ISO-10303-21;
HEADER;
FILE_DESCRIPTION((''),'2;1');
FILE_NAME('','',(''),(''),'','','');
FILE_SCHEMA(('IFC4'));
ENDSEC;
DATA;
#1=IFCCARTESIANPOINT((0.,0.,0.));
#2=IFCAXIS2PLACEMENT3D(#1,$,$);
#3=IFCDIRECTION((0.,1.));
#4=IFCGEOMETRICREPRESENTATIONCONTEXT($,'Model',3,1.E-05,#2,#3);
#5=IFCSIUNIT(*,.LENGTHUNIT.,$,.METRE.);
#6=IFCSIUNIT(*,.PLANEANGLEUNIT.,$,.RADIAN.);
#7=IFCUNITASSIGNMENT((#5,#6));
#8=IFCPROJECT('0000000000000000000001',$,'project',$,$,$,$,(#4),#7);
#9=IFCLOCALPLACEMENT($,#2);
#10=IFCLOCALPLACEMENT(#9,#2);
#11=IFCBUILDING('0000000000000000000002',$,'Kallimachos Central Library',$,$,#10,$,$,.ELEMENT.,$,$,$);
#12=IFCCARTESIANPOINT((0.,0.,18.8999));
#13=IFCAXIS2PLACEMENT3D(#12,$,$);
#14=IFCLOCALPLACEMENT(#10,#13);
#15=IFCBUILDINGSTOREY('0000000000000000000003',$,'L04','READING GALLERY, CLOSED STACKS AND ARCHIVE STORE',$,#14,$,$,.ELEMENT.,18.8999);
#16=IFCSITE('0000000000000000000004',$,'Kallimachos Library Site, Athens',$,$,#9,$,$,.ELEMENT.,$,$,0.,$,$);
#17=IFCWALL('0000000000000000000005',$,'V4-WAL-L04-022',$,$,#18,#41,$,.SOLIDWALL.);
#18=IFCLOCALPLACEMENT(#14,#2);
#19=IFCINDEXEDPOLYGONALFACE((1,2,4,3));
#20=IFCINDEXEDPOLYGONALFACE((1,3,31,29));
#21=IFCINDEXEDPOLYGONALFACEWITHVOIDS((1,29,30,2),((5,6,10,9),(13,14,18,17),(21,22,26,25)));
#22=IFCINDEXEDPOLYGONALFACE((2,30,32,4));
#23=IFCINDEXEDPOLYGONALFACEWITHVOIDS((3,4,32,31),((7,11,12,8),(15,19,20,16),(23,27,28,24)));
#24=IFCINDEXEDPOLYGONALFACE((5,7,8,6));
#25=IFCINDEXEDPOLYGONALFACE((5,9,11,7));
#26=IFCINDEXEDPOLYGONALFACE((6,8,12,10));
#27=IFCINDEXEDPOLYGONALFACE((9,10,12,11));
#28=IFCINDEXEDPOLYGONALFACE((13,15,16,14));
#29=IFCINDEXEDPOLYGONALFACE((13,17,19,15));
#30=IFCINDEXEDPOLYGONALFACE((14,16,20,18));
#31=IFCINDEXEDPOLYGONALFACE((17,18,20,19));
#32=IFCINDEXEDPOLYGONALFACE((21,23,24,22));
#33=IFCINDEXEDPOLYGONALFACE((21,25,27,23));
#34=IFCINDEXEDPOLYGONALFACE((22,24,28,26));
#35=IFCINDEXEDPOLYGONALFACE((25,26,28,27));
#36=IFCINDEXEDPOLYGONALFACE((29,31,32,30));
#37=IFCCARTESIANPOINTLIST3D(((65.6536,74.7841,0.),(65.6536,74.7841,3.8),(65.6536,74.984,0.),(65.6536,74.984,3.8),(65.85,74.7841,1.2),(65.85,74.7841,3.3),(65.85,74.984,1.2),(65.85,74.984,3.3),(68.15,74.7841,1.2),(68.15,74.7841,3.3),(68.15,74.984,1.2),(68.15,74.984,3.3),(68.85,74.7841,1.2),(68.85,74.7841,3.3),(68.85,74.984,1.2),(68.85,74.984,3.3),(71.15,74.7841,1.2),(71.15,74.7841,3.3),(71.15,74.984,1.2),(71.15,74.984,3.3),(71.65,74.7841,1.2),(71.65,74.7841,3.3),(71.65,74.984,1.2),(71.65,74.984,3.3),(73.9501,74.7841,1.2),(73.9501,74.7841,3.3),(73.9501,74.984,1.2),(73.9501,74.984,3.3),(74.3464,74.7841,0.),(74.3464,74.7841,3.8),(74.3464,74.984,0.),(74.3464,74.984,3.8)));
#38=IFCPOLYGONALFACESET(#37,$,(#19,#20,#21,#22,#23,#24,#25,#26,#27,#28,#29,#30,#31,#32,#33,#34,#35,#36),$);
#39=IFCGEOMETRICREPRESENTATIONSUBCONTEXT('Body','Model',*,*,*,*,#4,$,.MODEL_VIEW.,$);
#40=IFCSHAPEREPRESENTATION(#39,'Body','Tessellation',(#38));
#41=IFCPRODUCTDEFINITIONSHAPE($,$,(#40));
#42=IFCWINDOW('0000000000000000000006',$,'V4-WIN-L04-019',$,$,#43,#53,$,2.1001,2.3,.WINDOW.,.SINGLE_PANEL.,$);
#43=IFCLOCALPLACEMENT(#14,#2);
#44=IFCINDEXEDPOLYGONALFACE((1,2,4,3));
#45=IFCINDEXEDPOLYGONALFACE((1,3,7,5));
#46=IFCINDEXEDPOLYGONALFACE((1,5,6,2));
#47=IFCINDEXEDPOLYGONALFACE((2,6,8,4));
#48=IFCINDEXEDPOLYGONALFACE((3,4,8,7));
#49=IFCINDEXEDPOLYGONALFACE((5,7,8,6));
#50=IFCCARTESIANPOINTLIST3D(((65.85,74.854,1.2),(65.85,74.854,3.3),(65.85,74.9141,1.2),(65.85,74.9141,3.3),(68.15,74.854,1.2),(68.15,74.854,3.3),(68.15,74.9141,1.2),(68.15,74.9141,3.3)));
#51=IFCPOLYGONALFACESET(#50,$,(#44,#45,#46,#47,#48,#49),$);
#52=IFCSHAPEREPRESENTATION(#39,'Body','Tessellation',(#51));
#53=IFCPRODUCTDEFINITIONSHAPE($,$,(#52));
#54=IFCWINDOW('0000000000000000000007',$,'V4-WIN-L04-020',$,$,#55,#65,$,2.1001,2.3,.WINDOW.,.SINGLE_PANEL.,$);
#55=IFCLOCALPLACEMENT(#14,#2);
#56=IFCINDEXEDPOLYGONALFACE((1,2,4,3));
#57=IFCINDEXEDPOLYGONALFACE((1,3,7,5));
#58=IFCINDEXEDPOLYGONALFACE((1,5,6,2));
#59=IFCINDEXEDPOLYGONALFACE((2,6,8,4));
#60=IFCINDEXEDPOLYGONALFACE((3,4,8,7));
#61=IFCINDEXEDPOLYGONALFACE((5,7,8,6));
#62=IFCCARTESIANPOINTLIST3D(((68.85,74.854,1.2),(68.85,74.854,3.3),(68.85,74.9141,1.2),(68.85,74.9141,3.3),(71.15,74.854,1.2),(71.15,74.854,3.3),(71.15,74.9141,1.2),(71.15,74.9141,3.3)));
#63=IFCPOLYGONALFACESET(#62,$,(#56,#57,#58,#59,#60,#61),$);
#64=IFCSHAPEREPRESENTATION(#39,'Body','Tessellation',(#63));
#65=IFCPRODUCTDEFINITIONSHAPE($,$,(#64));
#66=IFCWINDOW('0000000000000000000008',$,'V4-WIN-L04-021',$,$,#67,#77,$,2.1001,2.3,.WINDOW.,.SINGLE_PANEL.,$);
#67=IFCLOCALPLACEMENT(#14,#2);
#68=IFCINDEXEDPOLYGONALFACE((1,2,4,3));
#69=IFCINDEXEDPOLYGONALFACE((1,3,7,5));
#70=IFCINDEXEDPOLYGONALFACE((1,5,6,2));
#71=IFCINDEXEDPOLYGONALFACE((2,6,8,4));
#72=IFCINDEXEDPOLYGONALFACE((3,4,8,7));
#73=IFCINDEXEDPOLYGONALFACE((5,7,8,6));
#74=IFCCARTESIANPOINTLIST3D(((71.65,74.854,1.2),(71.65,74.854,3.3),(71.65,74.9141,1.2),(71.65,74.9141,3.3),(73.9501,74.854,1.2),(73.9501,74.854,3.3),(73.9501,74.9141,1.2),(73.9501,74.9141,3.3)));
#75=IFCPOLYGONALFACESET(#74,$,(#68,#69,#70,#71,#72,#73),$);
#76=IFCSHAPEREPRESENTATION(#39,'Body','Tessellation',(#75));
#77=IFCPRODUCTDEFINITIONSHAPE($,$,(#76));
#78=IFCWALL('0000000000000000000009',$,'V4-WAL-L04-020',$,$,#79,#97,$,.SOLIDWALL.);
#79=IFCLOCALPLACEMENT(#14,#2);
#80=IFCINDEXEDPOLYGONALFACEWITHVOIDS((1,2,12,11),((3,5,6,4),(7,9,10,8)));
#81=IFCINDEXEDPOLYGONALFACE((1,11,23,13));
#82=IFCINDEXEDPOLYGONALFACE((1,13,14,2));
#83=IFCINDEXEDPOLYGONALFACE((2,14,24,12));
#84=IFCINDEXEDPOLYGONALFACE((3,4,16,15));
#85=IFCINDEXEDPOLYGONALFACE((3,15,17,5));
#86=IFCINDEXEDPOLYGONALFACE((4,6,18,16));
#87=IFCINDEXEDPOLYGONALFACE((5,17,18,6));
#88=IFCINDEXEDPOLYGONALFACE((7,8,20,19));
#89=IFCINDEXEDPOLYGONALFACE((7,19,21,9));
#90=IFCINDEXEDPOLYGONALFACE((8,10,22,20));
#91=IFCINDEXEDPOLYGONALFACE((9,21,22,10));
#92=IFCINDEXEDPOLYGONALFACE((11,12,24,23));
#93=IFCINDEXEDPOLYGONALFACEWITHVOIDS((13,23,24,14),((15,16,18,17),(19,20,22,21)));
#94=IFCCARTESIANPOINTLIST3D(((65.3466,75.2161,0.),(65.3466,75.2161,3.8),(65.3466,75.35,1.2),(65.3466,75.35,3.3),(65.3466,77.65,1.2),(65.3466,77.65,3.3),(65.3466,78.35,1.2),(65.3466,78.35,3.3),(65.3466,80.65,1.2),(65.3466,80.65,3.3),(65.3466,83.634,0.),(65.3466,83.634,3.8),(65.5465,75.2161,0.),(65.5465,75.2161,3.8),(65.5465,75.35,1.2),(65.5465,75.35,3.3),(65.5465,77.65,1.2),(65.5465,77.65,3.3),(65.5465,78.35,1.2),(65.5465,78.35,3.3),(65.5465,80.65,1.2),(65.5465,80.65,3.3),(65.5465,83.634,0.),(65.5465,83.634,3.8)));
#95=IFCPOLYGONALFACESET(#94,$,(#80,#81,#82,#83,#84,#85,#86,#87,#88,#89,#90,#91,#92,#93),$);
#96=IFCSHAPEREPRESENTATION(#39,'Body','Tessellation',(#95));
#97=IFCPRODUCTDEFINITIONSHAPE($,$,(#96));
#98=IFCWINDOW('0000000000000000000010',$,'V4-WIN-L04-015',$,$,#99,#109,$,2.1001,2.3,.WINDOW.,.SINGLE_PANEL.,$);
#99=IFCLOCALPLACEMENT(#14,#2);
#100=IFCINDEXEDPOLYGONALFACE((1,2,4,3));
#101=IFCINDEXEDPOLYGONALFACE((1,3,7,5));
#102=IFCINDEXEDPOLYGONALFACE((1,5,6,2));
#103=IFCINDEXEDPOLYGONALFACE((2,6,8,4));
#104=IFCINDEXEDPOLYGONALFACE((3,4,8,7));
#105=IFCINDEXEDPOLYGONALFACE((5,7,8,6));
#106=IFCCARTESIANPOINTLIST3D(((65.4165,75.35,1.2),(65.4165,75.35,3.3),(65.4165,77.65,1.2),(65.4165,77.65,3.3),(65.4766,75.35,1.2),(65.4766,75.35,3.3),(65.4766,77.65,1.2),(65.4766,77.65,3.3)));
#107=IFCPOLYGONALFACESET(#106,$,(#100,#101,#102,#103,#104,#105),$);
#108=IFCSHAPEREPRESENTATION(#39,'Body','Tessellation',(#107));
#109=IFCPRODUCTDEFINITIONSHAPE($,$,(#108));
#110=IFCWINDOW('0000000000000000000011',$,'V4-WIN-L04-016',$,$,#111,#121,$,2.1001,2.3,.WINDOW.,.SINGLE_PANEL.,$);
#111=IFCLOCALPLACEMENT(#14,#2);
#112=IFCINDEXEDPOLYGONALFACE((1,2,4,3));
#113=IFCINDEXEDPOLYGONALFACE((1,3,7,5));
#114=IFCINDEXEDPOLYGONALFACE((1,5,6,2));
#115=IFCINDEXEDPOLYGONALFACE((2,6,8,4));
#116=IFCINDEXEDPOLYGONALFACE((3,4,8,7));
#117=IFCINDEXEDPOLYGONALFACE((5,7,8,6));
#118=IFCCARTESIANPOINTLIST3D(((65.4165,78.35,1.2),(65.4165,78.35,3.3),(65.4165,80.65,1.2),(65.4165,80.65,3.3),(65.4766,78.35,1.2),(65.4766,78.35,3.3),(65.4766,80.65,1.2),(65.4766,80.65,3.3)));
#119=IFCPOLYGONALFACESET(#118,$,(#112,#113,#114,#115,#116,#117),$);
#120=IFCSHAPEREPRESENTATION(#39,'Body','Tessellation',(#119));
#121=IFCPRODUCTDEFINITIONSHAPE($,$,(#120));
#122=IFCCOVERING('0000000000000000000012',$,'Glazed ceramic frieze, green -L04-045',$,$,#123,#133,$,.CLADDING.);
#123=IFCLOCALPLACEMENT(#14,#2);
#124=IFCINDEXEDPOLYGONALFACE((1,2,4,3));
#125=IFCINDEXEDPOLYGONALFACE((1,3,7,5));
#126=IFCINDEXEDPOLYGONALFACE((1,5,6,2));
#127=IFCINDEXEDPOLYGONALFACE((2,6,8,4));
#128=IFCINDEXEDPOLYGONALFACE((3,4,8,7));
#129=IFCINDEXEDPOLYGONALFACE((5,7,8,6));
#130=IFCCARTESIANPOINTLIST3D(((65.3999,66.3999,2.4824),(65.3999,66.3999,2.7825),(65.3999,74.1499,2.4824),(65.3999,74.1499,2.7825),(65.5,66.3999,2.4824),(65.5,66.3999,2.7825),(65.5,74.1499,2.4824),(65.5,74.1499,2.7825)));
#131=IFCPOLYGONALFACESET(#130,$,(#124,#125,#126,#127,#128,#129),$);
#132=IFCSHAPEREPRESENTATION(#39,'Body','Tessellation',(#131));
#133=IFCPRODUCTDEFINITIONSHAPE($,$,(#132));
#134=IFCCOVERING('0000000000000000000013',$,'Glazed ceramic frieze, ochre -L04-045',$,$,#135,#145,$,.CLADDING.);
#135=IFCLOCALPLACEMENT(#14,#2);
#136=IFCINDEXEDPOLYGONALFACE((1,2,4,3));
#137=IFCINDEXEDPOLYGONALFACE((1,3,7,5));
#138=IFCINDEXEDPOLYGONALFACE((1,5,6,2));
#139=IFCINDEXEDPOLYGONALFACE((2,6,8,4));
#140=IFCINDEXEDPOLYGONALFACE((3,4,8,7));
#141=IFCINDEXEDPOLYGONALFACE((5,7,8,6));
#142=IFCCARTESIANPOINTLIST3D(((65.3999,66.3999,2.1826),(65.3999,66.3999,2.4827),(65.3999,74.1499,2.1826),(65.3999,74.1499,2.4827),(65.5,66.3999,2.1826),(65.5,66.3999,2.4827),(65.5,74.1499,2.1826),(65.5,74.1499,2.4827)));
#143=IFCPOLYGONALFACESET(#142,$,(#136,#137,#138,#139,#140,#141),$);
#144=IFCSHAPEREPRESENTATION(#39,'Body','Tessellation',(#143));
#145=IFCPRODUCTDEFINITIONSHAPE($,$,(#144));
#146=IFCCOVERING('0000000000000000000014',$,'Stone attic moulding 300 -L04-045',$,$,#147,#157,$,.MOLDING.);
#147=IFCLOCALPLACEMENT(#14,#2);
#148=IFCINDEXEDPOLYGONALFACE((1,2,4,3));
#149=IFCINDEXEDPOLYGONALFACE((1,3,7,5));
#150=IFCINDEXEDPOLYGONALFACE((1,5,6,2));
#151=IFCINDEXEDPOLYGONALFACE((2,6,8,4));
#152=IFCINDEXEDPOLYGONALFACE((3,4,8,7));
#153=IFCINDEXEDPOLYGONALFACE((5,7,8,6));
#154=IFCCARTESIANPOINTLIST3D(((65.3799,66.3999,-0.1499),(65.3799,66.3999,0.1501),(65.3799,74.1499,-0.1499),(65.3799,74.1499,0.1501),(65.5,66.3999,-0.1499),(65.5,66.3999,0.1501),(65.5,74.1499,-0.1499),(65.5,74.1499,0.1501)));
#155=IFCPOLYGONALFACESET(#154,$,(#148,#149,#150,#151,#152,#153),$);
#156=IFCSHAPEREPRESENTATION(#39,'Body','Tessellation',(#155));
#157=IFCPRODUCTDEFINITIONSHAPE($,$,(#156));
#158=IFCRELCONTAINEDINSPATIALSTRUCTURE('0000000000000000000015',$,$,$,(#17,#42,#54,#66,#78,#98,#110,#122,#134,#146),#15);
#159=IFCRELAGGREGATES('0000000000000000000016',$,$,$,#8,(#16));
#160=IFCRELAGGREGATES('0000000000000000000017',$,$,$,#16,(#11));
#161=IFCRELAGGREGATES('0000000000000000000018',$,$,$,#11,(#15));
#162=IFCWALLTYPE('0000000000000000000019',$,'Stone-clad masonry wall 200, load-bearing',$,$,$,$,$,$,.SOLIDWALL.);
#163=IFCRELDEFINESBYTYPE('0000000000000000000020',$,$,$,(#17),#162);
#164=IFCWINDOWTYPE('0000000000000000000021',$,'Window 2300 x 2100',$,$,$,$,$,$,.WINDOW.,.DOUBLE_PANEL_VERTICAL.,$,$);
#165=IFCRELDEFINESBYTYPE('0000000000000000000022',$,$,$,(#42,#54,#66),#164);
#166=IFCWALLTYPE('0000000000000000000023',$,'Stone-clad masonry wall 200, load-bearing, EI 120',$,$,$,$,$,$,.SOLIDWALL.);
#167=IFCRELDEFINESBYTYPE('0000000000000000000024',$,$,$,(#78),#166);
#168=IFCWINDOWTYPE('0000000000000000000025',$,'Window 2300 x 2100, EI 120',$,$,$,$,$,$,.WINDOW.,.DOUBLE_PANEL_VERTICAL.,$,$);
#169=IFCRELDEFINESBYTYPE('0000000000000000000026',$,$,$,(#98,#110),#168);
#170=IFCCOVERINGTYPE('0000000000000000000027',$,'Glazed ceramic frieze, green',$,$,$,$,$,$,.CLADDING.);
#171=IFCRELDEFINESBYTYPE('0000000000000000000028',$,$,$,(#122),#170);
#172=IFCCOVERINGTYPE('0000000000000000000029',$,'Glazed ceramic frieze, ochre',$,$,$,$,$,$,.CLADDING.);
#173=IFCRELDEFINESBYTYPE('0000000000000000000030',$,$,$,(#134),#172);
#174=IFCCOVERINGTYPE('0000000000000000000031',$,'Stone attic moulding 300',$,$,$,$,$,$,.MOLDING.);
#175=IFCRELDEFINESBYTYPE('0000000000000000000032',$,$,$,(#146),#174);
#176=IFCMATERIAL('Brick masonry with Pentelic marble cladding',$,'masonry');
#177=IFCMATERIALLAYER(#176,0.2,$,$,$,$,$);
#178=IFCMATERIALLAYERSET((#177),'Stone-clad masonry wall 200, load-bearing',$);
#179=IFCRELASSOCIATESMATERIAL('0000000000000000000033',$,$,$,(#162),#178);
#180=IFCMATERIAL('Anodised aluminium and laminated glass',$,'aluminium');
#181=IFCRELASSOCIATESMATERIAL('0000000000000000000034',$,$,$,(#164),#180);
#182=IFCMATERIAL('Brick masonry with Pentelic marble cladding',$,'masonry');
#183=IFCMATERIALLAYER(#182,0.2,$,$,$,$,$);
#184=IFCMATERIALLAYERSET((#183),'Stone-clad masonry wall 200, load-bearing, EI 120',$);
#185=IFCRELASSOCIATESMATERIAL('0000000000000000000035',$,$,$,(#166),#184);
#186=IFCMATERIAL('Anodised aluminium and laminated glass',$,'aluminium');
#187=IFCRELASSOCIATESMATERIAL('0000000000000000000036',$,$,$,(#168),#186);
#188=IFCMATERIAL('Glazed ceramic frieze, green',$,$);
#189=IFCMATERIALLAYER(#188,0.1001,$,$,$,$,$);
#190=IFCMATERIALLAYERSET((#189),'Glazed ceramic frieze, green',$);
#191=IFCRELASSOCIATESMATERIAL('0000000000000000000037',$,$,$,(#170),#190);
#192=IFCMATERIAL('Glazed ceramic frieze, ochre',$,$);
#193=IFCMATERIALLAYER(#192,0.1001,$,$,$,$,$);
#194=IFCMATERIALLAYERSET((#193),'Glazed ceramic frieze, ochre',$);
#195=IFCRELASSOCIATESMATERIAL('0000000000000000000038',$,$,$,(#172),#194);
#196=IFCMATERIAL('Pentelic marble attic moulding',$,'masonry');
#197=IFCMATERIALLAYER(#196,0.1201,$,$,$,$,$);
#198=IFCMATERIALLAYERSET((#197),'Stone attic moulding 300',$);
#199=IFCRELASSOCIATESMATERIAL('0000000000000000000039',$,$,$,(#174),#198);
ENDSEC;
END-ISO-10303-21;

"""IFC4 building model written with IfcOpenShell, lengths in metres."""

from ifc_helpers import new_model, si_unit, direction, frame, frame_2d, origin, origin_2d, place, context, subcontext, project, spatial, rectangle, extrude, material, layer, layer_set, type_object, element, fill, save


model = new_model("IFC4")

# Units and contexts
model_context = context("Model", 3, precision=1e-05, world=origin(), true_north=direction((0.0, 1.0)))
body_context = subcontext(model_context, "Body", "Model", "MODEL_VIEW")
ifc_project = project(units=[si_unit("LENGTHUNIT", "METRE"), si_unit("PLANEANGLEUNIT", "RADIAN")], contexts=[model_context])

# Site, building, storey
site_placement = place(None, origin())
site = spatial("IfcSite", under=ifc_project, at=site_placement, Name="Kallimachos Library Site, Athens", CompositionType="ELEMENT", RefElevation=0.0)
building_placement = place(site_placement, origin())
building = spatial("IfcBuilding", under=site, at=building_placement, Name="Kallimachos Central Library", CompositionType="ELEMENT")
storey_placement = place(building_placement, frame((0.0, 0.0, 18.8999)))
storey = spatial("IfcBuildingStorey", under=building, at=storey_placement, Name="L04", Description="READING GALLERY, CLOSED STACKS AND ARCHIVE STORE", CompositionType="ELEMENT", Elevation=18.8999)

# Walls, openings, windows
ifc_material_1 = material(Name="Brick masonry with Pentelic marble cladding", Category="masonry")
ifc_layer_1 = layer(ifc_material_1, 0.2)
ifc_layer_set_1 = layer_set([ifc_layer_1], Name="Stone-clad masonry wall 200, load-bearing")
wall_type_1 = type_object("IfcWallType", Name="Stone-clad masonry wall 200, load-bearing", PredefinedType="SOLIDWALL", material=ifc_layer_set_1)
wall_1_placement = place(storey_placement, frame((65.6536, 74.884, 0.0), z_axis=(0.0, 0.0, 1.0), x_axis=(1.0, 0.0, 0.0)))
wall_1 = element("IfcWall", 1, at=wall_1_placement, inside=storey, type_object=wall_type_1, Name="V4-WAL-L04-022", PredefinedType="SOLIDWALL", context=body_context, shape_type="SweptSolid", body=[
    extrude(rectangle(XDim=8.6929, YDim=0.2, at=frame_2d((4.3464, 0.0))), origin(), (0.0, 0.0, 1.0), 3.8),
])
opening_1_placement = place(wall_1_placement, frame((0.1965, 0.0, 1.2)))
opening_1 = element("IfcOpeningElement", 2, at=opening_1_placement, cuts=wall_1, PredefinedType="OPENING", context=body_context, shape_type="SweptSolid", body=[
    extrude(rectangle(XDim=2.3, YDim=2.1001, at=frame_2d((1.1499, 1.05))), frame((0.0, 0.1099, 0.0), z_axis=(0.0, -1.0, 0.0), x_axis=(1.0, 0.0, 0.0)), (0.0, 0.0, 1.0), 0.22),
])
opening_2_placement = place(wall_1_placement, frame((3.1965, 0.0, 1.2)))
opening_2 = element("IfcOpeningElement", 3, at=opening_2_placement, cuts=wall_1, PredefinedType="OPENING", context=body_context, shape_type="SweptSolid", body=[
    extrude(rectangle(XDim=2.3, YDim=2.1001, at=frame_2d((1.1499, 1.05))), frame((0.0, 0.1099, 0.0), z_axis=(0.0, -1.0, 0.0), x_axis=(1.0, 0.0, 0.0)), (0.0, 0.0, 1.0), 0.22),
])
opening_3_placement = place(wall_1_placement, frame((5.9966, 0.0, 1.2)))
opening_3 = element("IfcOpeningElement", 4, at=opening_3_placement, cuts=wall_1, PredefinedType="OPENING", context=body_context, shape_type="SweptSolid", body=[
    extrude(rectangle(XDim=2.3, YDim=2.1001, at=frame_2d((1.1499, 1.05))), frame((0.0, 0.1099, 0.0), z_axis=(0.0, -1.0, 0.0), x_axis=(1.0, 0.0, 0.0)), (0.0, 0.0, 1.0), 0.22),
])
ifc_material_2 = material(Name="Anodised aluminium and laminated glass", Category="aluminium")
window_type_1 = type_object("IfcWindowType", Name="Window 2300 x 2100", PartitioningType="DOUBLE_PANEL_VERTICAL", PredefinedType="WINDOW", material=ifc_material_2)
window_1_placement = place(opening_1_placement, origin())
window_1 = element("IfcWindow", 5, at=window_1_placement, inside=storey, type_object=window_type_1, Name="V4-WIN-L04-019", OverallHeight=2.1001, OverallWidth=2.3, PartitioningType="SINGLE_PANEL", PredefinedType="WINDOW", context=body_context, shape_type="SweptSolid", body=[
    extrude(rectangle(XDim=2.3, YDim=2.1001, at=frame_2d((1.1499, 1.05))), frame((0.0, 0.03, 0.0), z_axis=(0.0, -1.0, 0.0), x_axis=(1.0, 0.0, 0.0)), (0.0, 0.0, 1.0), 0.0601),
])
fill(opening_1, window_1)
window_2_placement = place(opening_2_placement, origin())
window_2 = element("IfcWindow", 6, at=window_2_placement, inside=storey, type_object=window_type_1, Name="V4-WIN-L04-020", OverallHeight=2.1001, OverallWidth=2.3, PartitioningType="SINGLE_PANEL", PredefinedType="WINDOW", context=body_context, shape_type="SweptSolid", body=[
    extrude(rectangle(XDim=2.3, YDim=2.1001, at=frame_2d((1.1499, 1.05))), frame((0.0, 0.03, 0.0), z_axis=(0.0, -1.0, 0.0), x_axis=(1.0, 0.0, 0.0)), (0.0, 0.0, 1.0), 0.0601),
])
fill(opening_2, window_2)
window_3_placement = place(opening_3_placement, origin())
window_3 = element("IfcWindow", 7, at=window_3_placement, inside=storey, type_object=window_type_1, Name="V4-WIN-L04-021", OverallHeight=2.1001, OverallWidth=2.3, PartitioningType="SINGLE_PANEL", PredefinedType="WINDOW", context=body_context, shape_type="SweptSolid", body=[
    extrude(rectangle(XDim=2.3, YDim=2.1001, at=frame_2d((1.1499, 1.05))), frame((0.0, 0.03, 0.0), z_axis=(0.0, -1.0, 0.0), x_axis=(1.0, 0.0, 0.0)), (0.0, 0.0, 1.0), 0.0601),
])
fill(opening_3, window_3)
ifc_material_3 = material(Name="Brick masonry with Pentelic marble cladding", Category="masonry")
ifc_layer_2 = layer(ifc_material_3, 0.2)
ifc_layer_set_2 = layer_set([ifc_layer_2], Name="Stone-clad masonry wall 200, load-bearing, EI 120")
wall_type_2 = type_object("IfcWallType", Name="Stone-clad masonry wall 200, load-bearing, EI 120", PredefinedType="SOLIDWALL", material=ifc_layer_set_2)
wall_2_placement = place(storey_placement, frame((65.4465, 75.2161, 0.0), z_axis=(0.0, 0.0, 1.0), x_axis=(0.0, 1.0, 0.0)))
wall_2 = element("IfcWall", 8, at=wall_2_placement, inside=storey, type_object=wall_type_2, Name="V4-WAL-L04-020", PredefinedType="SOLIDWALL", context=body_context, shape_type="SweptSolid", body=[
    extrude(rectangle(XDim=8.418, YDim=0.2, at=frame_2d((4.209, 0.0))), origin(), (0.0, 0.0, 1.0), 3.8),
])
opening_4_placement = place(wall_2_placement, frame((0.134, 0.0, 1.2)))
opening_4 = element("IfcOpeningElement", 9, at=opening_4_placement, cuts=wall_2, PredefinedType="OPENING", context=body_context, shape_type="SweptSolid", body=[
    extrude(rectangle(XDim=2.3, YDim=2.1001, at=frame_2d((1.1499, 1.05))), frame((0.0, 0.1099, 0.0), z_axis=(0.0, -1.0, 0.0), x_axis=(1.0, 0.0, 0.0)), (0.0, 0.0, 1.0), 0.22),
])
opening_5_placement = place(wall_2_placement, frame((3.134, 0.0, 1.2)))
opening_5 = element("IfcOpeningElement", 10, at=opening_5_placement, cuts=wall_2, PredefinedType="OPENING", context=body_context, shape_type="SweptSolid", body=[
    extrude(rectangle(XDim=2.3, YDim=2.1001, at=frame_2d((1.1499, 1.05))), frame((0.0, 0.1099, 0.0), z_axis=(0.0, -1.0, 0.0), x_axis=(1.0, 0.0, 0.0)), (0.0, 0.0, 1.0), 0.22),
])
ifc_material_4 = material(Name="Anodised aluminium and laminated glass", Category="aluminium")
window_type_2 = type_object("IfcWindowType", Name="Window 2300 x 2100, EI 120", PartitioningType="DOUBLE_PANEL_VERTICAL", PredefinedType="WINDOW", material=ifc_material_4)
window_4_placement = place(opening_4_placement, origin())
window_4 = element("IfcWindow", 11, at=window_4_placement, inside=storey, type_object=window_type_2, Name="V4-WIN-L04-015", OverallHeight=2.1001, OverallWidth=2.3, PartitioningType="SINGLE_PANEL", PredefinedType="WINDOW", context=body_context, shape_type="SweptSolid", body=[
    extrude(rectangle(XDim=2.3, YDim=2.1001, at=frame_2d((1.1499, 1.05))), frame((0.0, 0.03, 0.0), z_axis=(0.0, -1.0, 0.0), x_axis=(1.0, 0.0, 0.0)), (0.0, 0.0, 1.0), 0.0601),
])
fill(opening_4, window_4)
window_5_placement = place(opening_5_placement, origin())
window_5 = element("IfcWindow", 12, at=window_5_placement, inside=storey, type_object=window_type_2, Name="V4-WIN-L04-016", OverallHeight=2.1001, OverallWidth=2.3, PartitioningType="SINGLE_PANEL", PredefinedType="WINDOW", context=body_context, shape_type="SweptSolid", body=[
    extrude(rectangle(XDim=2.3, YDim=2.1001, at=frame_2d((1.1499, 1.05))), frame((0.0, 0.03, 0.0), z_axis=(0.0, -1.0, 0.0), x_axis=(1.0, 0.0, 0.0)), (0.0, 0.0, 1.0), 0.0601),
])
fill(opening_5, window_5)

# Coverings
ifc_material_5 = material(Name="Glazed ceramic frieze, green")
ifc_layer_3 = layer(ifc_material_5, 0.1001)
ifc_layer_set_3 = layer_set([ifc_layer_3], Name="Glazed ceramic frieze, green")
covering_type_1 = type_object("IfcCoveringType", Name="Glazed ceramic frieze, green", PredefinedType="CLADDING", material=ifc_layer_set_3)
covering_1_placement = place(storey_placement, frame((65.45, 70.2749, 2.4824), z_axis=(0.0, 0.0, 1.0), x_axis=(1.0, 0.0, 0.0)))
element("IfcCovering", 13, at=covering_1_placement, inside=storey, type_object=covering_type_1, Name="Glazed ceramic frieze, green -L04-045", PredefinedType="CLADDING", context=body_context, shape_type="SweptSolid", body=[
    extrude(rectangle(XDim=0.1001, YDim=7.75, at=origin_2d()), origin(), (0.0, 0.0, 1.0), 0.3),
])
ifc_material_6 = material(Name="Glazed ceramic frieze, ochre")
ifc_layer_4 = layer(ifc_material_6, 0.1001)
ifc_layer_set_4 = layer_set([ifc_layer_4], Name="Glazed ceramic frieze, ochre")
covering_type_2 = type_object("IfcCoveringType", Name="Glazed ceramic frieze, ochre", PredefinedType="CLADDING", material=ifc_layer_set_4)
covering_2_placement = place(storey_placement, frame((65.45, 70.2749, 2.1826), z_axis=(0.0, 0.0, 1.0), x_axis=(1.0, 0.0, 0.0)))
element("IfcCovering", 14, at=covering_2_placement, inside=storey, type_object=covering_type_2, Name="Glazed ceramic frieze, ochre -L04-045", PredefinedType="CLADDING", context=body_context, shape_type="SweptSolid", body=[
    extrude(rectangle(XDim=0.1001, YDim=7.75, at=origin_2d()), origin(), (0.0, 0.0, 1.0), 0.3),
])
ifc_material_7 = material(Name="Pentelic marble attic moulding", Category="masonry")
ifc_layer_5 = layer(ifc_material_7, 0.1201)
ifc_layer_set_5 = layer_set([ifc_layer_5], Name="Stone attic moulding 300")
covering_type_3 = type_object("IfcCoveringType", Name="Stone attic moulding 300", PredefinedType="MOLDING", material=ifc_layer_set_5)
covering_3_placement = place(storey_placement, frame((65.4399, 70.2749, -0.1499), z_axis=(0.0, 0.0, 1.0), x_axis=(1.0, 0.0, 0.0)))
element("IfcCovering", 15, at=covering_3_placement, inside=storey, type_object=covering_type_3, Name="Stone attic moulding 300 -L04-045", PredefinedType="MOLDING", context=body_context, shape_type="SweptSolid", body=[
    extrude(rectangle(XDim=0.1201, YDim=7.75, at=origin_2d()), origin(), (0.0, 0.0, 1.0), 0.3),
])

save(model, "model.ifc")
